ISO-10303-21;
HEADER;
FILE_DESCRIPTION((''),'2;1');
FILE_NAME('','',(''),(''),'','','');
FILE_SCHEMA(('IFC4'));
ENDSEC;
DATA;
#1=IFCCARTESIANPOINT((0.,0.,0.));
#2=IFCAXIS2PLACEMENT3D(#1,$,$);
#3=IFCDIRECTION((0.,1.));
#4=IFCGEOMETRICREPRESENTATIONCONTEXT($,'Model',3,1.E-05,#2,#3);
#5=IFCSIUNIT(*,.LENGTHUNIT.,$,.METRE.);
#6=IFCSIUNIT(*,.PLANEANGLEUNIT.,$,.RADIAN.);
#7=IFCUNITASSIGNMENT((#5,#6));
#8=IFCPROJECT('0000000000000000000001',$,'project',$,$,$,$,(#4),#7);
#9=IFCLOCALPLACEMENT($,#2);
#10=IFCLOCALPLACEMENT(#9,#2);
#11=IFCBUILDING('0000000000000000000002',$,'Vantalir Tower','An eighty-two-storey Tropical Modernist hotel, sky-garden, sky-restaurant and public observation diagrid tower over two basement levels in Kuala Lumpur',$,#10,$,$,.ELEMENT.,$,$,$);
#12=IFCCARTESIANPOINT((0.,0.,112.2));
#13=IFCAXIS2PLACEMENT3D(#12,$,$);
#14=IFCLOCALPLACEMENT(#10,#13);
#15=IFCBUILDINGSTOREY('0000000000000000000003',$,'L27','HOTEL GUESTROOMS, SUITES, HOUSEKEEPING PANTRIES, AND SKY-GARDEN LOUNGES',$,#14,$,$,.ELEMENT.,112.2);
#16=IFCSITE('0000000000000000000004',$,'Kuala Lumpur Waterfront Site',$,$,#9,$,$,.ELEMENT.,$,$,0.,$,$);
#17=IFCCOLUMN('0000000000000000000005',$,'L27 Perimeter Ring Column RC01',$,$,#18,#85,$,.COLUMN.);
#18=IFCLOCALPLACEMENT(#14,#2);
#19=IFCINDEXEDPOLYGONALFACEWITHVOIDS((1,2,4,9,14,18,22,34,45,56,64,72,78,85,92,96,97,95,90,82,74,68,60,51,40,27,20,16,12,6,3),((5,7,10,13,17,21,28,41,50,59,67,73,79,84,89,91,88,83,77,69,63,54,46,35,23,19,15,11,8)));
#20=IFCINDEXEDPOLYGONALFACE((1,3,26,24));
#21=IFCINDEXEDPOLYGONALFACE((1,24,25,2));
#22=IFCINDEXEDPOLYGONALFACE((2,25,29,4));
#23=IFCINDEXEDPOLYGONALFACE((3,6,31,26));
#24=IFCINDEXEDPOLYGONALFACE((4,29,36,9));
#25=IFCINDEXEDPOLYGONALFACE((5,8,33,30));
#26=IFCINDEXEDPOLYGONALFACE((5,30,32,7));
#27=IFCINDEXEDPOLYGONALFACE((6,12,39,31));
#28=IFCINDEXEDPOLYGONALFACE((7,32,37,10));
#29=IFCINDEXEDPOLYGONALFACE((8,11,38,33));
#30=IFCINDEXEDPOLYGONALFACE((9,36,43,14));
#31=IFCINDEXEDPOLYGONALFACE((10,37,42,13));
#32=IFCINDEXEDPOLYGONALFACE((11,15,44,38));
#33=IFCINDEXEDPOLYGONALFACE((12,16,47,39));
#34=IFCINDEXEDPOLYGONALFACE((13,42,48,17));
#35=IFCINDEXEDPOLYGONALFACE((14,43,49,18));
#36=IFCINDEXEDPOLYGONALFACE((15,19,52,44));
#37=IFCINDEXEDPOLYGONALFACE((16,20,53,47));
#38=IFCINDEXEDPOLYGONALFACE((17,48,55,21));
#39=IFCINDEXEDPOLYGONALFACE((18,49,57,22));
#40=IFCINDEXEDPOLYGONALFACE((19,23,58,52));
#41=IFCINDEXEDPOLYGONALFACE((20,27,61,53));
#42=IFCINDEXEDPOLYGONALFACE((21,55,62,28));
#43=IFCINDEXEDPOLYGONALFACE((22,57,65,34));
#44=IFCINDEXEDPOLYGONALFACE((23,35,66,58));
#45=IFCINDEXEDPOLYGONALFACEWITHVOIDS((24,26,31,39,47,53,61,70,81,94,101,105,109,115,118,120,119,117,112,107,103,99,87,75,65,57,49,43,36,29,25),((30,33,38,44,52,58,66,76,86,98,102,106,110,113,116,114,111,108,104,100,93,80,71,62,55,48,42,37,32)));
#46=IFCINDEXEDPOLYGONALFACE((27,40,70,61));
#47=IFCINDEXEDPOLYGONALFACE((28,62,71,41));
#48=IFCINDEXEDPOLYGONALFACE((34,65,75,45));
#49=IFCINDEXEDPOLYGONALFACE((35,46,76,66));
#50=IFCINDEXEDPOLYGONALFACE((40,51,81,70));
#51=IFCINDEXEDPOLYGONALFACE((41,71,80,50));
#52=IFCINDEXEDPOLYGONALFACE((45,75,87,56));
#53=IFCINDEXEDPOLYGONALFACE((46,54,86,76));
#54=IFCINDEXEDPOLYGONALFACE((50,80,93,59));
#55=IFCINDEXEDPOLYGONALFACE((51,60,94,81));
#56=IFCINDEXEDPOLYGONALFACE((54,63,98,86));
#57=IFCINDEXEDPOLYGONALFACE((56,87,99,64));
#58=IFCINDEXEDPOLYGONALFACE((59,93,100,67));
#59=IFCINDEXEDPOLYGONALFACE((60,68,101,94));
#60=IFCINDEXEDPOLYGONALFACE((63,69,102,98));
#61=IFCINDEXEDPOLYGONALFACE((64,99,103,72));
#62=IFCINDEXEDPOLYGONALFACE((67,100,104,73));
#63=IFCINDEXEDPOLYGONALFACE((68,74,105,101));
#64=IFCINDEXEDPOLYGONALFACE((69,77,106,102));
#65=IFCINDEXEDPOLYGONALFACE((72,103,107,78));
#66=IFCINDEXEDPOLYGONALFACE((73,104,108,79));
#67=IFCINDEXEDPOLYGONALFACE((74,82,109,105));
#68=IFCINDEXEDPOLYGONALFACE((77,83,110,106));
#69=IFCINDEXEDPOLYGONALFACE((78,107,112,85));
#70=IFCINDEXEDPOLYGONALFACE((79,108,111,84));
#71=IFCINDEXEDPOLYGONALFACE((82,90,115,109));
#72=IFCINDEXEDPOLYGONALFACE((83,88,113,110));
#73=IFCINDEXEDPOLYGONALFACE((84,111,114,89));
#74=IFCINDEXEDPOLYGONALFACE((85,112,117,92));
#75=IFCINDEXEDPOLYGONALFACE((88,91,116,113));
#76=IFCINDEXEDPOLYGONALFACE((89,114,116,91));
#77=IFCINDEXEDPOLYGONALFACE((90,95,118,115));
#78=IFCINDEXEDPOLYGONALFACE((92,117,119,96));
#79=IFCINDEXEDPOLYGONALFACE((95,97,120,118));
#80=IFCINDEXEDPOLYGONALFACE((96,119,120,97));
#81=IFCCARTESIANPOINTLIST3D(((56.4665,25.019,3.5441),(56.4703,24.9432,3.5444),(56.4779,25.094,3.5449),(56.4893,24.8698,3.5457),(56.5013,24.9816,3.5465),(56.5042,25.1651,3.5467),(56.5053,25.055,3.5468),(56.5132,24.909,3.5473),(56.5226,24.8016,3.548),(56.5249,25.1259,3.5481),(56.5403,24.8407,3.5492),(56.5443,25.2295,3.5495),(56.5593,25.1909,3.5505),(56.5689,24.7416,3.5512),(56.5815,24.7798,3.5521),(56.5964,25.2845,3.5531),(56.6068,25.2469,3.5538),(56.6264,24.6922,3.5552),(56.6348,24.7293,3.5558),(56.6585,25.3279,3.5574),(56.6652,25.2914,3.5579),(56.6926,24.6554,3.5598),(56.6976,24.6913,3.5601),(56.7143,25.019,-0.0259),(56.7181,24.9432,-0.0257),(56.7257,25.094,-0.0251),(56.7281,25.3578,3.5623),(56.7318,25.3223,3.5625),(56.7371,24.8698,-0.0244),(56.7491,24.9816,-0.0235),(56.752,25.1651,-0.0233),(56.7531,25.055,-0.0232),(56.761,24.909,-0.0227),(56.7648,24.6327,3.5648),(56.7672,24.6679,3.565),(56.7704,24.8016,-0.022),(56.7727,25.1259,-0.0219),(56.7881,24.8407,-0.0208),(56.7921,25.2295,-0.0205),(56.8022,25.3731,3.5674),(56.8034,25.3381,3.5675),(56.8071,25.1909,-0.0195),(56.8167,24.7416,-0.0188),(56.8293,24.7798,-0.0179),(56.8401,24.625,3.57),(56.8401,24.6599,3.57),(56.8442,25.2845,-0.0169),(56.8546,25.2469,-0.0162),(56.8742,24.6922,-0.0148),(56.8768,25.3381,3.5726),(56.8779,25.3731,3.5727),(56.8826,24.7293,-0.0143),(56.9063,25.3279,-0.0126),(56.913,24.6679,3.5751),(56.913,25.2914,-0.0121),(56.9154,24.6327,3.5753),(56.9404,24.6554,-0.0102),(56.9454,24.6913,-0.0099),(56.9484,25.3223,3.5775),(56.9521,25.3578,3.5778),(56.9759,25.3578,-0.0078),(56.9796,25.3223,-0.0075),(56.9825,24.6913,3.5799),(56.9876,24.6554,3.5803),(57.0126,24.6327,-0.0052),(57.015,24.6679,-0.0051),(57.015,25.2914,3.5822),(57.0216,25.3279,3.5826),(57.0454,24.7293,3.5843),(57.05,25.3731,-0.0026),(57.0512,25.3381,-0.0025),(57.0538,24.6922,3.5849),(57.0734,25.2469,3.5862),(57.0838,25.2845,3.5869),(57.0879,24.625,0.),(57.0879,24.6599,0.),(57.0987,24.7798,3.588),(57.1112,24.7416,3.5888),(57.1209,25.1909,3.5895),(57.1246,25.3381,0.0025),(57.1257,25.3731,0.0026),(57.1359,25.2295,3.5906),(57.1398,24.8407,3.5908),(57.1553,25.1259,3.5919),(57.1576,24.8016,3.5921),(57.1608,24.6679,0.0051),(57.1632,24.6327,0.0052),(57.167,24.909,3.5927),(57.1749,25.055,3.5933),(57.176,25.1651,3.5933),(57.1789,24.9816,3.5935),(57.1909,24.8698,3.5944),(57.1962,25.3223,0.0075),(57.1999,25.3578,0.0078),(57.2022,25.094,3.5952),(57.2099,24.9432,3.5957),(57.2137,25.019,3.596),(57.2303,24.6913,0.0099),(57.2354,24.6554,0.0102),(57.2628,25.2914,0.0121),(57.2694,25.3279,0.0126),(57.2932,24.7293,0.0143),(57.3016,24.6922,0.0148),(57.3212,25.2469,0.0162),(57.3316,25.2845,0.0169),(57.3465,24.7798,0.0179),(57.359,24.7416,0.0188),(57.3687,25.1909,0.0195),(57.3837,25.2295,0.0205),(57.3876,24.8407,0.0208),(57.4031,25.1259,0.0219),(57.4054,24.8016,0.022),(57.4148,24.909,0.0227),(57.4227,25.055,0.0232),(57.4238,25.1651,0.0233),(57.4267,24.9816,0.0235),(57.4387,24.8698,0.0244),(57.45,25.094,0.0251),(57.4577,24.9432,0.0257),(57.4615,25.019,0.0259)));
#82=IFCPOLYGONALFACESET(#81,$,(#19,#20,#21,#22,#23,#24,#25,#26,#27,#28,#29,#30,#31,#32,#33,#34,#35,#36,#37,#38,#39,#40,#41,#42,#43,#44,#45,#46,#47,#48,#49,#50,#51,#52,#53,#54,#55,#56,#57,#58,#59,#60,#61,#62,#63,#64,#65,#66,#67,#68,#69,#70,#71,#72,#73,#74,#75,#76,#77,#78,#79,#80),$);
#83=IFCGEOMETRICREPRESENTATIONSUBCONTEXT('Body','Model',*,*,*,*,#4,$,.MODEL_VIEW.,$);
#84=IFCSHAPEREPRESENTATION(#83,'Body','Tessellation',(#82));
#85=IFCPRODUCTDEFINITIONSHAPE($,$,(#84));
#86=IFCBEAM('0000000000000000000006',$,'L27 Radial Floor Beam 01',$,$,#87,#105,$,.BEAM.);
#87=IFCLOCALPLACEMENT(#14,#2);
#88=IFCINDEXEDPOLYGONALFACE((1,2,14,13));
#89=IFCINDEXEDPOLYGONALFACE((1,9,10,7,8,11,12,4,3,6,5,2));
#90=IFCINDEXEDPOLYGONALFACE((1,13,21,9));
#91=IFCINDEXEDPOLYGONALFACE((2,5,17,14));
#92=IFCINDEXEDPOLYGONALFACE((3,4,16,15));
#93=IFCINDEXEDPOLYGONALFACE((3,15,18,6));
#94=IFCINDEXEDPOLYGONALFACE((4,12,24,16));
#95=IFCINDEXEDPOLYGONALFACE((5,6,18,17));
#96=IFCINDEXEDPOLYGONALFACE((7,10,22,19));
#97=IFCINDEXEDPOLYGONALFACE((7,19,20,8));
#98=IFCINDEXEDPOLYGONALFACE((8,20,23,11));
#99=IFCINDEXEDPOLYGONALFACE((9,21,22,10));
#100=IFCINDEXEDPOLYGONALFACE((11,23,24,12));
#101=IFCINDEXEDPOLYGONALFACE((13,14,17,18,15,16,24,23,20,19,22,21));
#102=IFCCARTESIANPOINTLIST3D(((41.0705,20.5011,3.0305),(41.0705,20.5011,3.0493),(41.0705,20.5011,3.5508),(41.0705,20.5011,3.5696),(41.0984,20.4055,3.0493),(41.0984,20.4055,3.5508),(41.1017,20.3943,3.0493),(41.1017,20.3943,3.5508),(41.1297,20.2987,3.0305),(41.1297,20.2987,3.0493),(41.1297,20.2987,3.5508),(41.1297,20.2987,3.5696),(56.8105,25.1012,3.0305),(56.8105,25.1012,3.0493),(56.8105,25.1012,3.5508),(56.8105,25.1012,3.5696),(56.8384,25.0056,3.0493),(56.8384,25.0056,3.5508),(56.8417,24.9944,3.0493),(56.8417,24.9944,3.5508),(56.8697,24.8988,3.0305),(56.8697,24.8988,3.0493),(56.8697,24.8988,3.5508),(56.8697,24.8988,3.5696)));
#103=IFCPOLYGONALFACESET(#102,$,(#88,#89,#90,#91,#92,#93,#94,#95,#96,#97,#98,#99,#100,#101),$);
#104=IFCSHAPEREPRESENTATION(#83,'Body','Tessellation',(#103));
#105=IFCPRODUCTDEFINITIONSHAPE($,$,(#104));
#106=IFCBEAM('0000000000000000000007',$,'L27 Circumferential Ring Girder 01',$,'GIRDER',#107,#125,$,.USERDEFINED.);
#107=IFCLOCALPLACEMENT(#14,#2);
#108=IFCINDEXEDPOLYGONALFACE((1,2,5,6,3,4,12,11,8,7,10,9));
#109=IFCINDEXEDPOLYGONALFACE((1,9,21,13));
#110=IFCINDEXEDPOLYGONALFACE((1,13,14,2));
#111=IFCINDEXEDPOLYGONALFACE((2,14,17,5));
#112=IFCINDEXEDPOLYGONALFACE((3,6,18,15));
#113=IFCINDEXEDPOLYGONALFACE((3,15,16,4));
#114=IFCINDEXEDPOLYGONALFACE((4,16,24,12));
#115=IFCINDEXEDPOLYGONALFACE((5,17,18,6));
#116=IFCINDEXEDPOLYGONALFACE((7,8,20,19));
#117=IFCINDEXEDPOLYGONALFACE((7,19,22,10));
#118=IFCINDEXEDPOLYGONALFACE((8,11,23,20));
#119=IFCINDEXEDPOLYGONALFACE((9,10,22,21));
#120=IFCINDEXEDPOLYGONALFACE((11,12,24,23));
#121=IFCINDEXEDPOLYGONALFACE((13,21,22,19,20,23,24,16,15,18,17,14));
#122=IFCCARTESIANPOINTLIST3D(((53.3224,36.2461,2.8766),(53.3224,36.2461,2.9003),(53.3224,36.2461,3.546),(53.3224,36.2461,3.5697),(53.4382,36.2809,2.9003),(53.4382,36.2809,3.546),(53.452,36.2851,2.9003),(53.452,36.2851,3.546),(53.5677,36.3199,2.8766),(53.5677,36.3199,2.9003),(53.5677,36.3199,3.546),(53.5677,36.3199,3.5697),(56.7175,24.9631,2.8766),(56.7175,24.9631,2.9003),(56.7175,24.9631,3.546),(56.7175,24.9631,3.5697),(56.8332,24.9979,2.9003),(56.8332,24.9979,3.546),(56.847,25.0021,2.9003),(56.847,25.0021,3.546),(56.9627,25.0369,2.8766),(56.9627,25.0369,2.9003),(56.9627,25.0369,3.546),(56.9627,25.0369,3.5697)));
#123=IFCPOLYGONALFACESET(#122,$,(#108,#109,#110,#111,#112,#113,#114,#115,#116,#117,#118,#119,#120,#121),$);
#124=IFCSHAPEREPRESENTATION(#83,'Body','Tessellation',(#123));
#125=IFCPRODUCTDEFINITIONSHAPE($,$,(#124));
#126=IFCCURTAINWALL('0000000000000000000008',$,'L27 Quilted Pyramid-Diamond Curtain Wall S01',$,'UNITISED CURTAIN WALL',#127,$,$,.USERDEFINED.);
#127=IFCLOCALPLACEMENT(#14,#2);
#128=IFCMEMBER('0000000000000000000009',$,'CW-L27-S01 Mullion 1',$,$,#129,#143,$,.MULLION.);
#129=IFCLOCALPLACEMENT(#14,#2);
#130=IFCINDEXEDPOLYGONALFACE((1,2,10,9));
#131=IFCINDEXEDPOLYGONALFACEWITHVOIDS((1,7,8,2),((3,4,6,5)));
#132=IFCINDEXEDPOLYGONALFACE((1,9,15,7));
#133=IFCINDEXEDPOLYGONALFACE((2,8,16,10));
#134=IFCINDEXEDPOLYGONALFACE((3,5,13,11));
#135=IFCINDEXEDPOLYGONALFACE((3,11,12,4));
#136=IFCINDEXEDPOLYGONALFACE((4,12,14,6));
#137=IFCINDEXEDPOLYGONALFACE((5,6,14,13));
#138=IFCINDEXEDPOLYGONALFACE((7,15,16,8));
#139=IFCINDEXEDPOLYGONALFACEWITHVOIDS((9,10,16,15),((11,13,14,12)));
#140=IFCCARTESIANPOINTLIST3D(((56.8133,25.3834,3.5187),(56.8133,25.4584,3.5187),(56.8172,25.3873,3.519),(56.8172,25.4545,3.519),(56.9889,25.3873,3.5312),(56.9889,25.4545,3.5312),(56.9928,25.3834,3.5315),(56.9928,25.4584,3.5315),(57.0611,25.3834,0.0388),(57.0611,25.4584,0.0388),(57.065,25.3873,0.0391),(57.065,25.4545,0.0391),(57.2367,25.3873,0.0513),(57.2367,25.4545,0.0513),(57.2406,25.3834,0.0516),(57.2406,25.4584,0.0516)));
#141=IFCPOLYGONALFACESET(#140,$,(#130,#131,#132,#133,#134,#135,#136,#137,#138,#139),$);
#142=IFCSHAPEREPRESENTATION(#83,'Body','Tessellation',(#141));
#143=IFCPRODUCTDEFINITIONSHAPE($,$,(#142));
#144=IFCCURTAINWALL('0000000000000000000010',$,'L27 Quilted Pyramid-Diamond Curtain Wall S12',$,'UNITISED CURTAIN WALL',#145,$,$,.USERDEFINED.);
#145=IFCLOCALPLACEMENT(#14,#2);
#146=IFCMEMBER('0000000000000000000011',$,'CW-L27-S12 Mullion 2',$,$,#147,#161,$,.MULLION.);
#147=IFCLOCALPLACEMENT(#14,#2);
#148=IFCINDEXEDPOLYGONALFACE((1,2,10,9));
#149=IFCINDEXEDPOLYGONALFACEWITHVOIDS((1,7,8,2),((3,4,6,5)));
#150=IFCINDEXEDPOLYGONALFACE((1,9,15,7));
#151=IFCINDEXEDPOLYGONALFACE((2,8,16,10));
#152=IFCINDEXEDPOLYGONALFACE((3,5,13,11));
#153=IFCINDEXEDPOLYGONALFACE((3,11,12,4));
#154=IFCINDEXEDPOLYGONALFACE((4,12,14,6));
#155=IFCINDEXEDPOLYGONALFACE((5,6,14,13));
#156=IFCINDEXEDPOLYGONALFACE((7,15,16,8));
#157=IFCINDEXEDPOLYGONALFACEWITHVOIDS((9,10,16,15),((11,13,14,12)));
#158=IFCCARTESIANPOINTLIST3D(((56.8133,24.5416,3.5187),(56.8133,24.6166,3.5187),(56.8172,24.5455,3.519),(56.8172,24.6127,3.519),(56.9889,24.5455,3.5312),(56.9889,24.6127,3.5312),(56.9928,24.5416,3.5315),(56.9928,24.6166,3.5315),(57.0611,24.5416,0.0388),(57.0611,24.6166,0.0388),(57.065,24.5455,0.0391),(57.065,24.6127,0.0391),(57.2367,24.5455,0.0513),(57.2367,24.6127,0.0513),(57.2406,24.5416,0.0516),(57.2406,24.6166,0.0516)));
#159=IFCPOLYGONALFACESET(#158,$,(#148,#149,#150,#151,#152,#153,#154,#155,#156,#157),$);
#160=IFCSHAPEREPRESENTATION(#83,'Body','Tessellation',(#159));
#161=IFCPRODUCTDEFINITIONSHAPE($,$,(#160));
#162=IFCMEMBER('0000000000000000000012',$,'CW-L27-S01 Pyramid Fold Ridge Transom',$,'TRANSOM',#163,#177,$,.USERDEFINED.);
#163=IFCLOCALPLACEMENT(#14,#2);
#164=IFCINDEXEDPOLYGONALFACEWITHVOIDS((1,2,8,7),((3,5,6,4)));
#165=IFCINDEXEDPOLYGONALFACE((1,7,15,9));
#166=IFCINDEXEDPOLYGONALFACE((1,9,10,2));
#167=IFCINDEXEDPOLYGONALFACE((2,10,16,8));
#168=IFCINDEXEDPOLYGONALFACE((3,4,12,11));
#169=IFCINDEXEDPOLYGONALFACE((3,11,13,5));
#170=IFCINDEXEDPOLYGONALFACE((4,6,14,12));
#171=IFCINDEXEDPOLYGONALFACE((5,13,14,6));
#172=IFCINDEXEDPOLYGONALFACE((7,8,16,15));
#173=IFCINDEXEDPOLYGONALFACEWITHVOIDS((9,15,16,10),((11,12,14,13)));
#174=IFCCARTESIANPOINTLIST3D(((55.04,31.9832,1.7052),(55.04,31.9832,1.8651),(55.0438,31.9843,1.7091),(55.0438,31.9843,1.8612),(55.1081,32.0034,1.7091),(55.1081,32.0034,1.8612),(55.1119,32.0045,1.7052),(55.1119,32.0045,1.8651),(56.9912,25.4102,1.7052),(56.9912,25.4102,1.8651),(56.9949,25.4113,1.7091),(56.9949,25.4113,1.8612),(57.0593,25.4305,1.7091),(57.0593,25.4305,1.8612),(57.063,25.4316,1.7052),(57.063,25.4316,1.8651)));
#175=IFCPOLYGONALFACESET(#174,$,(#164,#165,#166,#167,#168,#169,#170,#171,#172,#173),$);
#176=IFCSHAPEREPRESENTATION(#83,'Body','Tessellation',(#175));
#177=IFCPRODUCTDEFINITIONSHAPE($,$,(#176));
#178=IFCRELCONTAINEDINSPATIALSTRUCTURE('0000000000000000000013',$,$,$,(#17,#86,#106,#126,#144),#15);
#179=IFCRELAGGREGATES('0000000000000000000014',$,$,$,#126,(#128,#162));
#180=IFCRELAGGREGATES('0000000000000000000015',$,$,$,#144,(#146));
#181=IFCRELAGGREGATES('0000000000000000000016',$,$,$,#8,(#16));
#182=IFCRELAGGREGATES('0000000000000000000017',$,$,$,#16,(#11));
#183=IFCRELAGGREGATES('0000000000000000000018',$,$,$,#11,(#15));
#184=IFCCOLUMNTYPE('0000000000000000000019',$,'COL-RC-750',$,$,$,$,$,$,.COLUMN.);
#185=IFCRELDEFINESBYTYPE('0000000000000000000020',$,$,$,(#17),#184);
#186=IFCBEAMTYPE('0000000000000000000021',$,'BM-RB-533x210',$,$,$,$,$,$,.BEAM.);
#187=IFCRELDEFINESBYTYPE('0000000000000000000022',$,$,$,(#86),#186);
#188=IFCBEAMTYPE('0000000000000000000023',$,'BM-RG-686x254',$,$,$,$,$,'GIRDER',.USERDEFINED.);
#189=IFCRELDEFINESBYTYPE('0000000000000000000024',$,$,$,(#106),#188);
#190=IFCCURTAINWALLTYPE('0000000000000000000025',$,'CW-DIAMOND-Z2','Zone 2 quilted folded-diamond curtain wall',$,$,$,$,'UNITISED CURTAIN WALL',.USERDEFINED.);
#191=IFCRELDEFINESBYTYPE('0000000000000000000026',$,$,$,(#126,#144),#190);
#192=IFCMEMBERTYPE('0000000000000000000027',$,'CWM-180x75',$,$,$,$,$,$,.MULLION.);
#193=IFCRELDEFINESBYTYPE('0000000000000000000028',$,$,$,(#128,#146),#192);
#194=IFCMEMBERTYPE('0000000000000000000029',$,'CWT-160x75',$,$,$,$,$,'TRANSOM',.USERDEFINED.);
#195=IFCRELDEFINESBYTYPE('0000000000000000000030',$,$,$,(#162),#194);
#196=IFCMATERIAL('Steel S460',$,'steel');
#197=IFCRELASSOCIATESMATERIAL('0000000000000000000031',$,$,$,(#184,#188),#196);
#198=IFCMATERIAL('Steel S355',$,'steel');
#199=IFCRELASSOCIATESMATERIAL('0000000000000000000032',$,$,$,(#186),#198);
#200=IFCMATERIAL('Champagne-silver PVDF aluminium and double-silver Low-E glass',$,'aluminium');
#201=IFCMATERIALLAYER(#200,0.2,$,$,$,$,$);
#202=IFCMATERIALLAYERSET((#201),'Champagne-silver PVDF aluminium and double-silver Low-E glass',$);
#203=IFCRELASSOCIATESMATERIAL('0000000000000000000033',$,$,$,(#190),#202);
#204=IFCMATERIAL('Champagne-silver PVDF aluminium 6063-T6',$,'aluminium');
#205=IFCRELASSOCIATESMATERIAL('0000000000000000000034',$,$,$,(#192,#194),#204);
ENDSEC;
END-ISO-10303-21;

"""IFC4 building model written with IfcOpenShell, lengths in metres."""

from ifc_helpers import new_model, si_unit, direction, frame, origin, origin_2d, place, context, subcontext, project, spatial, hollow_rectangle, hollow_circle, i_section, extrude, material, layer, layer_set, material_profile, profile_set, type_object, element, aggregate, save


model = new_model("IFC4")

# Units and contexts
model_context = context("Model", 3, precision=1e-05, world=origin(), true_north=direction((0.0, 1.0)))
body_context = subcontext(model_context, "Body", "Model", "MODEL_VIEW")
ifc_project = project(units=[si_unit("LENGTHUNIT", "METRE"), si_unit("PLANEANGLEUNIT", "RADIAN")], contexts=[model_context])

# Site, building, storey
site_placement = place(None, origin())
site = spatial("IfcSite", under=ifc_project, at=site_placement, Name="Kuala Lumpur Waterfront Site", CompositionType="ELEMENT", RefElevation=0.0)
building_placement = place(site_placement, origin())
building = spatial("IfcBuilding", under=site, at=building_placement, Name="Vantalir Tower", Description="An eighty-two-storey Tropical Modernist hotel, sky-garden, sky-restaurant and public observation diagrid tower over two basement levels in Kuala Lumpur", CompositionType="ELEMENT")
storey_placement = place(building_placement, frame((0.0, 0.0, 112.2)))
storey = spatial("IfcBuildingStorey", under=building, at=storey_placement, Name="L27", Description="HOTEL GUESTROOMS, SUITES, HOUSEKEEPING PANTRIES, AND SKY-GARDEN LOUNGES", CompositionType="ELEMENT", Elevation=112.2)

# Column
ifc_material_1 = material(Name="Steel S460", Category="steel")
ifc_material_profile_1 = material_profile(ifc_material_1, hollow_circle(Radius=0.375, WallThickness=0.0349, at=origin_2d()), Name="Steel S460")
ifc_profile_set_1 = profile_set([ifc_material_profile_1], Name="Steel S460")
column_type = type_object("IfcColumnType", Name="COL-RC-750", PredefinedType="COLUMN", material=ifc_profile_set_1)
column_placement = place(storey_placement, frame((57.0879, 25.0, 0.0), z_axis=(-0.069245, 0.0, 0.9976), x_axis=(0.0, -1.0, 0.0)))
element("IfcColumn", 1, at=column_placement, inside=storey, type_object=column_type, Name="L27 Perimeter Ring Column RC01", PredefinedType="COLUMN", context=body_context, shape_type="SweptSolid", body=[
    extrude(hollow_circle(Radius=0.375, WallThickness=0.0349, at=origin_2d()), origin(), (0.0, 0.0, 1.0), 3.5786),
])

# Beams
ifc_material_2 = material(Name="Steel S355", Category="steel")
ifc_material_profile_2 = material_profile(ifc_material_2, i_section(OverallWidth=0.2109, OverallDepth=0.5391, WebThickness=0.0117, FlangeThickness=0.0188, at=origin_2d()), Name="Steel S355")
ifc_profile_set_2 = profile_set([ifc_material_profile_2], Name="Steel S355")
beam_type_1 = type_object("IfcBeamType", Name="BM-RB-533x210", PredefinedType="BEAM", material=ifc_profile_set_2)
beam_1_placement = place(storey_placement, frame((56.8401, 25.0, 3.3), z_axis=(-0.959848, -0.280521, 0.0), x_axis=(0.280521, -0.959848, 0.0)))
element("IfcBeam", 2, at=beam_1_placement, inside=storey, type_object=beam_type_1, Name="L27 Radial Floor Beam 01", PredefinedType="BEAM", context=body_context, shape_type="SweptSolid", body=[
    extrude(i_section(OverallWidth=0.2109, OverallDepth=0.5391, WebThickness=0.0117, FlangeThickness=0.0188, at=origin_2d()), origin(), (0.0, 0.0, 1.0), 16.3984),
])
ifc_material_profile_3 = material_profile(ifc_material_1, i_section(OverallWidth=0.2561, OverallDepth=0.6931, WebThickness=0.0144, FlangeThickness=0.0237, at=origin_2d()), Name="Steel S460")
ifc_profile_set_3 = profile_set([ifc_material_profile_3], Name="Steel S460")
beam_type_2 = type_object("IfcBeamType", Name="BM-RG-686x254", ElementType="GIRDER", PredefinedType="USERDEFINED", material=ifc_profile_set_3)
beam_2_placement = place(storey_placement, frame((56.8401, 25.0, 3.2231), z_axis=(-0.288137, 0.957589, 0.0), x_axis=(-0.957589, -0.288137, 0.0)))
element("IfcBeam", 3, at=beam_2_placement, inside=storey, type_object=beam_type_2, Name="L27 Circumferential Ring Girder 01", ObjectType="GIRDER", PredefinedType="USERDEFINED", context=body_context, shape_type="SweptSolid", body=[
    extrude(i_section(OverallWidth=0.2561, OverallDepth=0.6931, WebThickness=0.0144, FlangeThickness=0.0237, at=origin_2d()), origin(), (0.0, 0.0, 1.0), 11.7827),
])

# Curtain walls, members
ifc_material_3 = material(Name="Champagne-silver PVDF aluminium and double-silver Low-E glass", Category="aluminium")
ifc_layer_1 = layer(ifc_material_3, 0.2)
ifc_layer_set_1 = layer_set([ifc_layer_1], Name="Champagne-silver PVDF aluminium and double-silver Low-E glass")
curtain_wall_type = type_object("IfcCurtainWallType", Name="CW-DIAMOND-Z2", Description="Zone 2 quilted folded-diamond curtain wall", ElementType="UNITISED CURTAIN WALL", PredefinedType="USERDEFINED", material=ifc_layer_set_1)
curtain_wall_1_placement = place(storey_placement, origin())
curtain_wall_1 = element("IfcCurtainWall", 4, at=curtain_wall_1_placement, inside=storey, type_object=curtain_wall_type, Name="L27 Quilted Pyramid-Diamond Curtain Wall S01", ObjectType="UNITISED CURTAIN WALL", PredefinedType="USERDEFINED")
ifc_material_4 = material(Name="Champagne-silver PVDF aluminium 6063-T6", Category="aluminium")
ifc_material_profile_4 = material_profile(ifc_material_4, hollow_rectangle(XDim=0.075, YDim=0.1799, WallThickness=0.0039, at=origin_2d()), Name="Champagne-silver PVDF aluminium 6063-T6")
ifc_profile_set_4 = profile_set([ifc_material_profile_4], Name="Champagne-silver PVDF aluminium 6063-T6")
member_type_1 = type_object("IfcMemberType", Name="CWM-180x75", PredefinedType="MULLION", material=ifc_profile_set_4)
member_1_placement = place(storey_placement, frame((57.1509, 25.4209, 0.0452), z_axis=(-0.071028, 0.0, 0.997474), x_axis=(0.0, -1.0, 0.0)))
member_1 = element("IfcMember", 5, at=member_1_placement, type_object=member_type_1, Name="CW-L27-S01 Mullion 1", PredefinedType="MULLION", context=body_context, shape_type="SweptSolid", body=[
    extrude(hollow_rectangle(XDim=0.075, YDim=0.1799, WallThickness=0.0039, at=origin_2d()), origin(), (0.0, 0.0, 1.0), 3.4888),
])
curtain_wall_2_placement = place(storey_placement, origin())
curtain_wall_2 = element("IfcCurtainWall", 6, at=curtain_wall_2_placement, inside=storey, type_object=curtain_wall_type, Name="L27 Quilted Pyramid-Diamond Curtain Wall S12", ObjectType="UNITISED CURTAIN WALL", PredefinedType="USERDEFINED")
member_2_placement = place(storey_placement, frame((57.1509, 24.5791, 0.0452), z_axis=(-0.071028, 0.0, 0.997474), x_axis=(0.0, -1.0, 0.0)))
member_2 = element("IfcMember", 7, at=member_2_placement, type_object=member_type_1, Name="CW-L27-S12 Mullion 2", PredefinedType="MULLION", context=body_context, shape_type="SweptSolid", body=[
    extrude(hollow_rectangle(XDim=0.075, YDim=0.1799, WallThickness=0.0039, at=origin_2d()), origin(), (0.0, 0.0, 1.0), 3.4888),
])

# Member
ifc_material_profile_5 = material_profile(ifc_material_4, hollow_rectangle(XDim=0.075, YDim=0.1599, WallThickness=0.0039, at=origin_2d()), Name="Champagne-silver PVDF aluminium 6063-T6")
ifc_profile_set_5 = profile_set([ifc_material_profile_5], Name="Champagne-silver PVDF aluminium 6063-T6")
member_type_2 = type_object("IfcMemberType", Name="CWT-160x75", ElementType="TRANSOM", PredefinedType="USERDEFINED", material=ifc_profile_set_5)
member_3_placement = place(storey_placement, frame((57.0271, 25.4209, 1.7852), z_axis=(-0.284573, 0.958654, 0.0), x_axis=(-0.958654, -0.284573, 0.0)))
member_3 = element("IfcMember", 8, at=member_3_placement, type_object=member_type_2, Name="CW-L27-S01 Pyramid Fold Ridge Transom", ObjectType="TRANSOM", PredefinedType="USERDEFINED", context=body_context, shape_type="SweptSolid", body=[
    extrude(hollow_rectangle(XDim=0.075, YDim=0.1599, WallThickness=0.0039, at=origin_2d()), origin(), (0.0, 0.0, 1.0), 6.8564),
])

aggregate(curtain_wall_1, [member_1, member_3])
aggregate(curtain_wall_2, [member_2])

save(model, "model.ifc")
